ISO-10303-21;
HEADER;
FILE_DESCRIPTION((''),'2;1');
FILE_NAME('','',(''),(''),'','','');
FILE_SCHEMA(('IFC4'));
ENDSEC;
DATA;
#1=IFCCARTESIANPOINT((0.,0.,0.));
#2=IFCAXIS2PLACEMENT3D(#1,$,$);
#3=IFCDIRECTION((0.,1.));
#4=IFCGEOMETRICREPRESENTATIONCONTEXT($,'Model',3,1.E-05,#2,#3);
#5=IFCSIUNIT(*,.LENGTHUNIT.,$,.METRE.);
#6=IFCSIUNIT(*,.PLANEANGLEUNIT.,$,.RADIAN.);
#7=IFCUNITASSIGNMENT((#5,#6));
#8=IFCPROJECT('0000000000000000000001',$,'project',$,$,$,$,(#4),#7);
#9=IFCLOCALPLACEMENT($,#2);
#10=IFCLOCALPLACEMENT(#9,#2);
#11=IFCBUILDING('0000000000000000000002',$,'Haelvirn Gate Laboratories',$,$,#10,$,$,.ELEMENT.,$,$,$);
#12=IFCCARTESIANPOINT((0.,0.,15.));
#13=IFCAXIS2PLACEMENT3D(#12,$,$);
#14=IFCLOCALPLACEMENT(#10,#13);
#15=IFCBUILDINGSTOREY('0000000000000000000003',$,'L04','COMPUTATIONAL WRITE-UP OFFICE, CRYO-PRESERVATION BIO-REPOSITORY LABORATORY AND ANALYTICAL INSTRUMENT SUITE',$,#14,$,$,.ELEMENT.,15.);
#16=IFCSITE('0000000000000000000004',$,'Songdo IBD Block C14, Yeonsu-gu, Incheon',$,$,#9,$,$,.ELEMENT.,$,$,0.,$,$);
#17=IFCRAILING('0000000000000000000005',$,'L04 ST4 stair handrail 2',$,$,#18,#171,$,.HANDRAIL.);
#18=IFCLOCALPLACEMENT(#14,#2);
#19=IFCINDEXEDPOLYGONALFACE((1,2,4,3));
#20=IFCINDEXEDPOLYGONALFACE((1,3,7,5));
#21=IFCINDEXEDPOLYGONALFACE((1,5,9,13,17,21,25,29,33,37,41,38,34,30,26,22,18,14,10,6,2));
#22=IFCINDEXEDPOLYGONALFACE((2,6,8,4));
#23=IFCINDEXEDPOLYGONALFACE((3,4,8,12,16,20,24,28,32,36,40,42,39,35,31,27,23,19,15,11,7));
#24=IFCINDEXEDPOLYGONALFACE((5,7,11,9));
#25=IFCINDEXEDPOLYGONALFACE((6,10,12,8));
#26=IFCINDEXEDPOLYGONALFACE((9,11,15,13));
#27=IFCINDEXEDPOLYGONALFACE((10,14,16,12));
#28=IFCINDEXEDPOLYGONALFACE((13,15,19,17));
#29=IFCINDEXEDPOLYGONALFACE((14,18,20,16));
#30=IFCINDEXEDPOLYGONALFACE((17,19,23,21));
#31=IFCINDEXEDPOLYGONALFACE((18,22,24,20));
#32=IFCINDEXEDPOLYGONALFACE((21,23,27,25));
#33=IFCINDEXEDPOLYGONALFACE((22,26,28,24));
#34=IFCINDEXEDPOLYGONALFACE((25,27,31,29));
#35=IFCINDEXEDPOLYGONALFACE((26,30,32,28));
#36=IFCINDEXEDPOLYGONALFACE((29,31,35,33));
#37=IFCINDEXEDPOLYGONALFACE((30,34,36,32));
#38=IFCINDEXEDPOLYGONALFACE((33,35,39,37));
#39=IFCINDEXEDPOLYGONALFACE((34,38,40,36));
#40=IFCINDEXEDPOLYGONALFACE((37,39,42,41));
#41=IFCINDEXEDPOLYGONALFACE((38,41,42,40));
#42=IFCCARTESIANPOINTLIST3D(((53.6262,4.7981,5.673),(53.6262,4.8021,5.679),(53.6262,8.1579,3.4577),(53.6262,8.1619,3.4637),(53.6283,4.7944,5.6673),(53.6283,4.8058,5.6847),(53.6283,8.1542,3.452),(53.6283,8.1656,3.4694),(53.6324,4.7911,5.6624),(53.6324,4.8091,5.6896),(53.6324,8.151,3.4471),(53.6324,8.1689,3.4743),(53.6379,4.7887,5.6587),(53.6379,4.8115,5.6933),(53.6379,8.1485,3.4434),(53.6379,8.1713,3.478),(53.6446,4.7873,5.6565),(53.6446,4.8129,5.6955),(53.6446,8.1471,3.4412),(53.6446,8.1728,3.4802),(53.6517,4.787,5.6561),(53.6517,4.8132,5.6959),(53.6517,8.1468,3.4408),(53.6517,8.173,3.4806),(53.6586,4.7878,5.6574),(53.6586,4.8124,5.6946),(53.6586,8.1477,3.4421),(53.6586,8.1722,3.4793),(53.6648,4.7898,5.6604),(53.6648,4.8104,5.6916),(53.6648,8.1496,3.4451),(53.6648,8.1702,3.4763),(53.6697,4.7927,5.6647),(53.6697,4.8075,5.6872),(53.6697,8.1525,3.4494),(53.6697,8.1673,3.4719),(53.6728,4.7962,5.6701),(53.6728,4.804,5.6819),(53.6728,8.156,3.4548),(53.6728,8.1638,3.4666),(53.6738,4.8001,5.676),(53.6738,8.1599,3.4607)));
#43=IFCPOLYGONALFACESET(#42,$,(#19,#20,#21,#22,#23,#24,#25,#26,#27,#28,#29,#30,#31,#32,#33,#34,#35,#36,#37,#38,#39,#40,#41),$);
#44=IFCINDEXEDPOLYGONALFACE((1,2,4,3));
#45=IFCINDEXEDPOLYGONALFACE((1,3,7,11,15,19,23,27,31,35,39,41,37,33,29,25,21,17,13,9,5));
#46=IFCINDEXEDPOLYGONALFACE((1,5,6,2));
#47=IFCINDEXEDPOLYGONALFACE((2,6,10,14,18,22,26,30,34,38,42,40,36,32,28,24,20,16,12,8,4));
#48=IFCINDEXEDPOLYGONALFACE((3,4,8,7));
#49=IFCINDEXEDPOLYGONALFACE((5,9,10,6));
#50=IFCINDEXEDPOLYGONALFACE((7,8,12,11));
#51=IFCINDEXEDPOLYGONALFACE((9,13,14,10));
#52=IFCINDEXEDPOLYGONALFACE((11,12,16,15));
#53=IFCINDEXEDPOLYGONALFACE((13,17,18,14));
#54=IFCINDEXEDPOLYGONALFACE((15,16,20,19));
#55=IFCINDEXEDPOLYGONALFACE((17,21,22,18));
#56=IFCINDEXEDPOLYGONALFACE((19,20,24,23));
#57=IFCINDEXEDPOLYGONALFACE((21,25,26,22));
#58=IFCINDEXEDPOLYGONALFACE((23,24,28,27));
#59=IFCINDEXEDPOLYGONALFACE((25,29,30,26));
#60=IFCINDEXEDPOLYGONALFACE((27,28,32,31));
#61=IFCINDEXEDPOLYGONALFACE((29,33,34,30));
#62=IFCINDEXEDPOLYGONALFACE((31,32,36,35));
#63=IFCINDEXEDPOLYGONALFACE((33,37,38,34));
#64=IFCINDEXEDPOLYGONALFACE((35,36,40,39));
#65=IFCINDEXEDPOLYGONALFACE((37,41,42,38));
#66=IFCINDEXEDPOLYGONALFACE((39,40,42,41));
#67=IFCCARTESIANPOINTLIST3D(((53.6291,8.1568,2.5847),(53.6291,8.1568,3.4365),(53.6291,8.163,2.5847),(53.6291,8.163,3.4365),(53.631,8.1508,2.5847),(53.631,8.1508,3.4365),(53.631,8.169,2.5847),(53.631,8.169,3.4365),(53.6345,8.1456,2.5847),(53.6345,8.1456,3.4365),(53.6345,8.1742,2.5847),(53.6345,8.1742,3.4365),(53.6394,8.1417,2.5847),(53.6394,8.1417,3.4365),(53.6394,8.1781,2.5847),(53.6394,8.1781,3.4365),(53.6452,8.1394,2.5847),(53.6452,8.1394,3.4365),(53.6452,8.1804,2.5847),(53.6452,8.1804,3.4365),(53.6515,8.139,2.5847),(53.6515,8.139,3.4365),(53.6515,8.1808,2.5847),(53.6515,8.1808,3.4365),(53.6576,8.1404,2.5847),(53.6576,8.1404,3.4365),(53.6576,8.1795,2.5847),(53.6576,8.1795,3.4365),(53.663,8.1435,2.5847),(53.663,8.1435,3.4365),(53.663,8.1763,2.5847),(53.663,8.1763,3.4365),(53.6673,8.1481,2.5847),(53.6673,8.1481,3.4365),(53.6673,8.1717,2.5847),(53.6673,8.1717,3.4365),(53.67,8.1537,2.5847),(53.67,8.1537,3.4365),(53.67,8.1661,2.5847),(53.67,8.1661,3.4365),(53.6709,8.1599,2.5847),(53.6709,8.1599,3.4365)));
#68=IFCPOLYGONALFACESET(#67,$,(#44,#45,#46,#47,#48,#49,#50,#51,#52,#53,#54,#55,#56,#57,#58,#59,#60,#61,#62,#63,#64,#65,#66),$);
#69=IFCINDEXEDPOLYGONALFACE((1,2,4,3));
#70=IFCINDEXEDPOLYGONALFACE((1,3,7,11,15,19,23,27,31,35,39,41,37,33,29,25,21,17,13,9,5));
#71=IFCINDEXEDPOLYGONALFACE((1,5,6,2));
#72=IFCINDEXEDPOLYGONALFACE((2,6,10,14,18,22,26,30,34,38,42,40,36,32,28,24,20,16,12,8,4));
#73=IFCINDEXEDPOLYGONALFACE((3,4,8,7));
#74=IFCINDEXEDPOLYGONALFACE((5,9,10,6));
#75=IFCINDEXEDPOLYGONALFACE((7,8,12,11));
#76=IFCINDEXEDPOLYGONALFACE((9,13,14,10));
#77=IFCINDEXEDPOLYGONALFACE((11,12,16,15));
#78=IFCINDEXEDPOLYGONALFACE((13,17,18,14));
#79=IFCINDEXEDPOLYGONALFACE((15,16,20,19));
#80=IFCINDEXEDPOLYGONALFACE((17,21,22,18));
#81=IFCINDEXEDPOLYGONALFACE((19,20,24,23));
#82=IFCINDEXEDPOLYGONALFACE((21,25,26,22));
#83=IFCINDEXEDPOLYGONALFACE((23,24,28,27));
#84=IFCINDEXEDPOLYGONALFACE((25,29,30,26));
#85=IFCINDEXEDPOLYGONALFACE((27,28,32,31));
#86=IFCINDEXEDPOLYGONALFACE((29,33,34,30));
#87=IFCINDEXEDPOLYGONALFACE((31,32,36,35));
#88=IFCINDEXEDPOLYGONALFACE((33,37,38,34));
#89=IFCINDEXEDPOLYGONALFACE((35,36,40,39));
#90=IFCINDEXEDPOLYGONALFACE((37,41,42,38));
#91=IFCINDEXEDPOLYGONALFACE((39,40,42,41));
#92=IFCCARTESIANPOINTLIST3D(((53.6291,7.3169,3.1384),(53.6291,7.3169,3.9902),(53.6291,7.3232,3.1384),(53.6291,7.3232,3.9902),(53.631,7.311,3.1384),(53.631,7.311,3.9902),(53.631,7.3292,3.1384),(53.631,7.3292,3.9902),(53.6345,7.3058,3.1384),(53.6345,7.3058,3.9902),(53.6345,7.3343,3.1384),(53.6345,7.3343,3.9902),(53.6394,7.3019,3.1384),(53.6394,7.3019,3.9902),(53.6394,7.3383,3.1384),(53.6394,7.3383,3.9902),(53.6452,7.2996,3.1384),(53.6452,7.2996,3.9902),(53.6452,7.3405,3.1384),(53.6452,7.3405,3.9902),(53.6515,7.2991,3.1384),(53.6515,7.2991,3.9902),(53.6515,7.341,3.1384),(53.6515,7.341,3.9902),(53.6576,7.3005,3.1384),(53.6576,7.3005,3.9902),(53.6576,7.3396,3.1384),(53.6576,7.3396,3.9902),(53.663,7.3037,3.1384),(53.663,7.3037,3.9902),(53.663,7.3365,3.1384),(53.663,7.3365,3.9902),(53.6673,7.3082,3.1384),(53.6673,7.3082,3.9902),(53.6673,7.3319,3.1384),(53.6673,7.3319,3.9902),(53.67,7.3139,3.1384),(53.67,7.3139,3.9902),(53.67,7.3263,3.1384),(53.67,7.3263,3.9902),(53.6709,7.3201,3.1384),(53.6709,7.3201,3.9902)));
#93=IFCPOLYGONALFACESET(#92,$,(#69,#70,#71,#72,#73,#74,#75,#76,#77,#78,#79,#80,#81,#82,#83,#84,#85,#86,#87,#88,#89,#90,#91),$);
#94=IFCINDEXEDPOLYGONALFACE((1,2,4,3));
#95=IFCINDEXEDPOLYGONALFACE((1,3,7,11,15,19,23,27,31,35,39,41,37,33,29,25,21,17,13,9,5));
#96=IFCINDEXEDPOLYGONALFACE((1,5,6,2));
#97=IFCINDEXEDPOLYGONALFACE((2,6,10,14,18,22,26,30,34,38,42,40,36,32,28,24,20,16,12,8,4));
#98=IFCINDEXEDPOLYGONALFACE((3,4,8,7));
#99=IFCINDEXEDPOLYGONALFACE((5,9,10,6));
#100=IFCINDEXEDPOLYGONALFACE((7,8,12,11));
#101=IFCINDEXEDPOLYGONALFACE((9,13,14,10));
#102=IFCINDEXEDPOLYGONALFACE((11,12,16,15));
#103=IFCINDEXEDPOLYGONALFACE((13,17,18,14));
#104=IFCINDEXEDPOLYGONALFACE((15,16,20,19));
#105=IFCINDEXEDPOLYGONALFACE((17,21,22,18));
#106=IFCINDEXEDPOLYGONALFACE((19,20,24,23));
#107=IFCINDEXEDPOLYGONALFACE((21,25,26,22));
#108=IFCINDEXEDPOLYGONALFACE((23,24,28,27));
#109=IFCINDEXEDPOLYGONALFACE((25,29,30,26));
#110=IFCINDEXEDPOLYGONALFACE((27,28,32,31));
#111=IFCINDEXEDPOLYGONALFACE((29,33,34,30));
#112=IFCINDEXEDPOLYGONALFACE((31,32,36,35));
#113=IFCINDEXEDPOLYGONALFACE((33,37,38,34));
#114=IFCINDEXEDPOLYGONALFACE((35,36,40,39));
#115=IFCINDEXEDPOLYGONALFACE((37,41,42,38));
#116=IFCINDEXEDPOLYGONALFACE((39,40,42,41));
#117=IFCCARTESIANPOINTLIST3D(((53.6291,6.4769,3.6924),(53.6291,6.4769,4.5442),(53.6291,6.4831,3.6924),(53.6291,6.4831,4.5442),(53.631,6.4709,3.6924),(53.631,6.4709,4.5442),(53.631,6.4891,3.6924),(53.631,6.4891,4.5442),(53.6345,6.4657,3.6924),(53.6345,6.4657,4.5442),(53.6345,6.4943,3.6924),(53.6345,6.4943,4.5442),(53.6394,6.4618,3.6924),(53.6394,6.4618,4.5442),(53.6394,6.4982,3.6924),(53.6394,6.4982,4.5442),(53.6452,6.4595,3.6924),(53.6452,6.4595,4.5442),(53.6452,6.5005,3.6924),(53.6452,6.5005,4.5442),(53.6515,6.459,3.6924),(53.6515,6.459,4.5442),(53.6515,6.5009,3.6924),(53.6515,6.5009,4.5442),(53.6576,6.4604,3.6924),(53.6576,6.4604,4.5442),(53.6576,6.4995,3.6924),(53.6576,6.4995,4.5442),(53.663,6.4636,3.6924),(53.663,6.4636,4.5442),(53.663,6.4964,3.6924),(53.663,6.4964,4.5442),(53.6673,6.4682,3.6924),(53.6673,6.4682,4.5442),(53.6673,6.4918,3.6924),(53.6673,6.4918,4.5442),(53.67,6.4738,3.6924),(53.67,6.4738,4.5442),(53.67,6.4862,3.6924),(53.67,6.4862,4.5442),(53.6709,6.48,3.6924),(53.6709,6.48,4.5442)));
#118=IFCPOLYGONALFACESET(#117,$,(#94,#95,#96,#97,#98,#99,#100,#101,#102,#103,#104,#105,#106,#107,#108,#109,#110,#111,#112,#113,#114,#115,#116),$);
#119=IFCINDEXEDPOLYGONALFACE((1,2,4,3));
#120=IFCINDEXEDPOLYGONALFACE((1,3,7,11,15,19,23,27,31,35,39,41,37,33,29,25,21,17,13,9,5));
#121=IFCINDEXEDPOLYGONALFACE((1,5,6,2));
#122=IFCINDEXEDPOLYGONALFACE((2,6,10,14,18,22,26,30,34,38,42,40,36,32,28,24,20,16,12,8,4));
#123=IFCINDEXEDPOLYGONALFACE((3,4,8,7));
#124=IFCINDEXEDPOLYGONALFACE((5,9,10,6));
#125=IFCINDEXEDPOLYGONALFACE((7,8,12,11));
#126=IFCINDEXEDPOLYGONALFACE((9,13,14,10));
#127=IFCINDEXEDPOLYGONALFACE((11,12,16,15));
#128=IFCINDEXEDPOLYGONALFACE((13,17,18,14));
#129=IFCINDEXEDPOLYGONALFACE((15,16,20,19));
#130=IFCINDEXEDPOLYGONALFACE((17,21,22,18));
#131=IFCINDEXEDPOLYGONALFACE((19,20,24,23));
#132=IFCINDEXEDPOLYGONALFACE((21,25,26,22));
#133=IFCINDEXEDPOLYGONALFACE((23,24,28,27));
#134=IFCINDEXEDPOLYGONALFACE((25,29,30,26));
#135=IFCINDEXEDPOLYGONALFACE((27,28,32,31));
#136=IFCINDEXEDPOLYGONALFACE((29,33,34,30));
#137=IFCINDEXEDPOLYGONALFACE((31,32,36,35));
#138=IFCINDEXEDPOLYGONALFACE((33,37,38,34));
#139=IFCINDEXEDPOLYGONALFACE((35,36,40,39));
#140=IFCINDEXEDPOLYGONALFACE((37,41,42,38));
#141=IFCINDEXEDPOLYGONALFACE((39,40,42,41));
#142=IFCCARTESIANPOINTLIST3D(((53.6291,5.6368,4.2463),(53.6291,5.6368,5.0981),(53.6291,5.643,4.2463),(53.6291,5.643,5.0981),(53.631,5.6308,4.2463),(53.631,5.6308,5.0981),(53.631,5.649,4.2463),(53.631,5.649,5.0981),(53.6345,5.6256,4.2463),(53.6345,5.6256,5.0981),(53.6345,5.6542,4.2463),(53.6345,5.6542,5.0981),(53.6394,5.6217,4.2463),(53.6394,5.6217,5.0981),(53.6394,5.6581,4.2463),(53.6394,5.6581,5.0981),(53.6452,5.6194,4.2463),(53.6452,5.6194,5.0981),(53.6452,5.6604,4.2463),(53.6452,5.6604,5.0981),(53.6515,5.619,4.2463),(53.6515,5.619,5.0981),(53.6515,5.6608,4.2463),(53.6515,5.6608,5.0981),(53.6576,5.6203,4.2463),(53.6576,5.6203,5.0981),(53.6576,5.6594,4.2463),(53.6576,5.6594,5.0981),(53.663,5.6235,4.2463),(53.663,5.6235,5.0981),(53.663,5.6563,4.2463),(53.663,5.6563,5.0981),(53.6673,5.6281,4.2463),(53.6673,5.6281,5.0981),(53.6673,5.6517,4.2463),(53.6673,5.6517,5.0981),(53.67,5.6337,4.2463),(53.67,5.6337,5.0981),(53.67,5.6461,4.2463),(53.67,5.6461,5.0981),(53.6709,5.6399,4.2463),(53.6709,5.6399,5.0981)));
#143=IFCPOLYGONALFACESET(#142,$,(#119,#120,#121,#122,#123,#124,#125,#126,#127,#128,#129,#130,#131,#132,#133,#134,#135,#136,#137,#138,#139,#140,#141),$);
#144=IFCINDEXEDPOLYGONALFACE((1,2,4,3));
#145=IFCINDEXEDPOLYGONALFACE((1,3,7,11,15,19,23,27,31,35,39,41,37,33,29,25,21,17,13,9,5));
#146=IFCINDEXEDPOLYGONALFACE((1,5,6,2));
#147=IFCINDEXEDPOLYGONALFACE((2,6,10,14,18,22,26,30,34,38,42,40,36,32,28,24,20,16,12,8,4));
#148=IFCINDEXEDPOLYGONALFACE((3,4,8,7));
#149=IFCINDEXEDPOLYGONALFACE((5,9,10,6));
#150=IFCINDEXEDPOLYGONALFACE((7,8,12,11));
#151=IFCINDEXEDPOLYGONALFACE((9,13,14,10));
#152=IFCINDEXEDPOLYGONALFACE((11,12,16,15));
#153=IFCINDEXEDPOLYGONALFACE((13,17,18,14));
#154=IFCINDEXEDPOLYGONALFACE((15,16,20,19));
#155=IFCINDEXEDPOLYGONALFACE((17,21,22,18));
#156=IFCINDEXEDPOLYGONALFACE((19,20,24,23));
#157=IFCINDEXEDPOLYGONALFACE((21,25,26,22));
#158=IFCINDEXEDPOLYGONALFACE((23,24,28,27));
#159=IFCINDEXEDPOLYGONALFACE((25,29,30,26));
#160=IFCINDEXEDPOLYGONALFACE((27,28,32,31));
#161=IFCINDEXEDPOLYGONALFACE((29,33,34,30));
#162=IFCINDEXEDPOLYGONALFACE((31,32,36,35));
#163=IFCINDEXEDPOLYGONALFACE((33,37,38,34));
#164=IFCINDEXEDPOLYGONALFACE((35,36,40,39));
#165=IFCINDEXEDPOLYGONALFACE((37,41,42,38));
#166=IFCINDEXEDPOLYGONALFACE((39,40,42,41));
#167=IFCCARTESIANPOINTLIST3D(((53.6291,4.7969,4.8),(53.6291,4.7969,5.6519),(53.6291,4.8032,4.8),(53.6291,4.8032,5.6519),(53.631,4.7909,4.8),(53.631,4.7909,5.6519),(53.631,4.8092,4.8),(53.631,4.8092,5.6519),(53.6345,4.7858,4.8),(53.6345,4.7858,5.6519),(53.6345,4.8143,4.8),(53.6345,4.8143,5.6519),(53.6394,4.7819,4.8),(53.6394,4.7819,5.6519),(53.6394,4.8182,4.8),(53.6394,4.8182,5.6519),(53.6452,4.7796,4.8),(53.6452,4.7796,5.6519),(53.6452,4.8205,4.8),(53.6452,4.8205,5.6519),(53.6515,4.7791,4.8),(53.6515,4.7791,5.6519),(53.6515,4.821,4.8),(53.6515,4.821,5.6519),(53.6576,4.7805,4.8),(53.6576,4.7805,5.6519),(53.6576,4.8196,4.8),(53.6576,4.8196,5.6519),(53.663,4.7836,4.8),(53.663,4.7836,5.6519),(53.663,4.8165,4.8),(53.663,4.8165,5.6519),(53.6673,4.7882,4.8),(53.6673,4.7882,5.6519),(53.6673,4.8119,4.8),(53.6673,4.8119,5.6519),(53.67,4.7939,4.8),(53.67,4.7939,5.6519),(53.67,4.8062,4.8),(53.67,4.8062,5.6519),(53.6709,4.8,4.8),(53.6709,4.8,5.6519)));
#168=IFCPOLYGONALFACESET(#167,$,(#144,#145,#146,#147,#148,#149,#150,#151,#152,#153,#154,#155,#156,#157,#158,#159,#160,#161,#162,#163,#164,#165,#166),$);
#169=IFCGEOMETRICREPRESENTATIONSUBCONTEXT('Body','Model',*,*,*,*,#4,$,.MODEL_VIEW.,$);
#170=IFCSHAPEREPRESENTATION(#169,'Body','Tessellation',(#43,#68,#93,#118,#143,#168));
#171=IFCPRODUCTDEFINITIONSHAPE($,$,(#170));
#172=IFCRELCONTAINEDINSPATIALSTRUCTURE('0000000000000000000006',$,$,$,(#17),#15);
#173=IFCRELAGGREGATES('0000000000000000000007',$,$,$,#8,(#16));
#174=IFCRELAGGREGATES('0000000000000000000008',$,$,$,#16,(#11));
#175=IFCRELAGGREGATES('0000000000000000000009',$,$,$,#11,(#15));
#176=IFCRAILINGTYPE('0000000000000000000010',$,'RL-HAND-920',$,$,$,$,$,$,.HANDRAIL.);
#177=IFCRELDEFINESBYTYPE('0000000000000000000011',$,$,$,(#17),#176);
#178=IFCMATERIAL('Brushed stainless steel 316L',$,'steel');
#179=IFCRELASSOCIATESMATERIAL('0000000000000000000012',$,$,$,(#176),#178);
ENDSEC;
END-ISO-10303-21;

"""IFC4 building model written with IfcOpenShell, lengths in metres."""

from ifc_helpers import new_model, si_unit, direction, frame, origin, origin_2d, place, context, subcontext, project, spatial, circle, extrude, source, transform, mapped, material, type_object, type_shapes, element, save


model = new_model("IFC4")

# Units and contexts
model_context = context("Model", 3, precision=1e-05, world=origin(), true_north=direction((0.0, 1.0)))
body_context = subcontext(model_context, "Body", "Model", "MODEL_VIEW")
ifc_project = project(units=[si_unit("LENGTHUNIT", "METRE"), si_unit("PLANEANGLEUNIT", "RADIAN")], contexts=[model_context])

# Site, building, storey
site_placement = place(None, origin())
site = spatial("IfcSite", under=ifc_project, at=site_placement, Name="Songdo IBD Block C14, Yeonsu-gu, Incheon", CompositionType="ELEMENT", RefElevation=0.0)
building_placement = place(site_placement, origin())
building = spatial("IfcBuilding", under=site, at=building_placement, Name="Haelvirn Gate Laboratories", CompositionType="ELEMENT")
storey_placement = place(building_placement, frame((0.0, 0.0, 15.0)))
storey = spatial("IfcBuildingStorey", under=building, at=storey_placement, Name="L04", Description="COMPUTATIONAL WRITE-UP OFFICE, CRYO-PRESERVATION BIO-REPOSITORY LABORATORY AND ANALYTICAL INSTRUMENT SUITE", CompositionType="ELEMENT", Elevation=15.0)

# Railing
ifc_material_1 = material(Name="Brushed stainless steel 316L", Category="steel")
railing_type_1 = type_object("IfcRailingType", Name="RL-HAND-920", PredefinedType="HANDRAIL", material=ifc_material_1)
shared_shape_1 = source(origin(), body_context, "Body", "SweptSolid", [
    extrude(circle(Radius=0.0239, at=origin_2d()), frame((0.0, 0.0, 0.876), z_axis=(0.0, -0.834858, 0.550465), x_axis=(1.0, 0.0, 0.0)), (0.0, 0.0, 1.0), 4.0244),
    extrude(circle(Radius=0.021, at=origin_2d()), origin(), (0.0, 0.0, 1.0), 0.8518),
    extrude(circle(Radius=0.021, at=origin_2d()), frame((0.0, -0.8398, 0.5537)), (0.0, 0.0, 1.0), 0.8518),
    extrude(circle(Radius=0.021, at=origin_2d()), frame((0.0, -1.6799, 1.1077)), (0.0, 0.0, 1.0), 0.8518),
    extrude(circle(Radius=0.021, at=origin_2d()), frame((0.0, -2.52, 1.6616)), (0.0, 0.0, 1.0), 0.8518),
    extrude(circle(Radius=0.021, at=origin_2d()), frame((0.0, -3.3599, 2.2153)), (0.0, 0.0, 1.0), 0.8518),
])
type_shapes(railing_type_1, [shared_shape_1])
railing_1_placement = place(storey_placement, frame((53.6499, 8.1599, 2.5847)))
element("IfcRailing", 1, at=railing_1_placement, inside=storey, type_object=railing_type_1, Name="L04 ST4 stair handrail 2", PredefinedType="HANDRAIL", context=body_context, shape_type="MappedRepresentation", body=[
    mapped(shared_shape_1, transform((0.0, 0.0, 0.0), scale=1.0)),
])

save(model, "model.ifc")
